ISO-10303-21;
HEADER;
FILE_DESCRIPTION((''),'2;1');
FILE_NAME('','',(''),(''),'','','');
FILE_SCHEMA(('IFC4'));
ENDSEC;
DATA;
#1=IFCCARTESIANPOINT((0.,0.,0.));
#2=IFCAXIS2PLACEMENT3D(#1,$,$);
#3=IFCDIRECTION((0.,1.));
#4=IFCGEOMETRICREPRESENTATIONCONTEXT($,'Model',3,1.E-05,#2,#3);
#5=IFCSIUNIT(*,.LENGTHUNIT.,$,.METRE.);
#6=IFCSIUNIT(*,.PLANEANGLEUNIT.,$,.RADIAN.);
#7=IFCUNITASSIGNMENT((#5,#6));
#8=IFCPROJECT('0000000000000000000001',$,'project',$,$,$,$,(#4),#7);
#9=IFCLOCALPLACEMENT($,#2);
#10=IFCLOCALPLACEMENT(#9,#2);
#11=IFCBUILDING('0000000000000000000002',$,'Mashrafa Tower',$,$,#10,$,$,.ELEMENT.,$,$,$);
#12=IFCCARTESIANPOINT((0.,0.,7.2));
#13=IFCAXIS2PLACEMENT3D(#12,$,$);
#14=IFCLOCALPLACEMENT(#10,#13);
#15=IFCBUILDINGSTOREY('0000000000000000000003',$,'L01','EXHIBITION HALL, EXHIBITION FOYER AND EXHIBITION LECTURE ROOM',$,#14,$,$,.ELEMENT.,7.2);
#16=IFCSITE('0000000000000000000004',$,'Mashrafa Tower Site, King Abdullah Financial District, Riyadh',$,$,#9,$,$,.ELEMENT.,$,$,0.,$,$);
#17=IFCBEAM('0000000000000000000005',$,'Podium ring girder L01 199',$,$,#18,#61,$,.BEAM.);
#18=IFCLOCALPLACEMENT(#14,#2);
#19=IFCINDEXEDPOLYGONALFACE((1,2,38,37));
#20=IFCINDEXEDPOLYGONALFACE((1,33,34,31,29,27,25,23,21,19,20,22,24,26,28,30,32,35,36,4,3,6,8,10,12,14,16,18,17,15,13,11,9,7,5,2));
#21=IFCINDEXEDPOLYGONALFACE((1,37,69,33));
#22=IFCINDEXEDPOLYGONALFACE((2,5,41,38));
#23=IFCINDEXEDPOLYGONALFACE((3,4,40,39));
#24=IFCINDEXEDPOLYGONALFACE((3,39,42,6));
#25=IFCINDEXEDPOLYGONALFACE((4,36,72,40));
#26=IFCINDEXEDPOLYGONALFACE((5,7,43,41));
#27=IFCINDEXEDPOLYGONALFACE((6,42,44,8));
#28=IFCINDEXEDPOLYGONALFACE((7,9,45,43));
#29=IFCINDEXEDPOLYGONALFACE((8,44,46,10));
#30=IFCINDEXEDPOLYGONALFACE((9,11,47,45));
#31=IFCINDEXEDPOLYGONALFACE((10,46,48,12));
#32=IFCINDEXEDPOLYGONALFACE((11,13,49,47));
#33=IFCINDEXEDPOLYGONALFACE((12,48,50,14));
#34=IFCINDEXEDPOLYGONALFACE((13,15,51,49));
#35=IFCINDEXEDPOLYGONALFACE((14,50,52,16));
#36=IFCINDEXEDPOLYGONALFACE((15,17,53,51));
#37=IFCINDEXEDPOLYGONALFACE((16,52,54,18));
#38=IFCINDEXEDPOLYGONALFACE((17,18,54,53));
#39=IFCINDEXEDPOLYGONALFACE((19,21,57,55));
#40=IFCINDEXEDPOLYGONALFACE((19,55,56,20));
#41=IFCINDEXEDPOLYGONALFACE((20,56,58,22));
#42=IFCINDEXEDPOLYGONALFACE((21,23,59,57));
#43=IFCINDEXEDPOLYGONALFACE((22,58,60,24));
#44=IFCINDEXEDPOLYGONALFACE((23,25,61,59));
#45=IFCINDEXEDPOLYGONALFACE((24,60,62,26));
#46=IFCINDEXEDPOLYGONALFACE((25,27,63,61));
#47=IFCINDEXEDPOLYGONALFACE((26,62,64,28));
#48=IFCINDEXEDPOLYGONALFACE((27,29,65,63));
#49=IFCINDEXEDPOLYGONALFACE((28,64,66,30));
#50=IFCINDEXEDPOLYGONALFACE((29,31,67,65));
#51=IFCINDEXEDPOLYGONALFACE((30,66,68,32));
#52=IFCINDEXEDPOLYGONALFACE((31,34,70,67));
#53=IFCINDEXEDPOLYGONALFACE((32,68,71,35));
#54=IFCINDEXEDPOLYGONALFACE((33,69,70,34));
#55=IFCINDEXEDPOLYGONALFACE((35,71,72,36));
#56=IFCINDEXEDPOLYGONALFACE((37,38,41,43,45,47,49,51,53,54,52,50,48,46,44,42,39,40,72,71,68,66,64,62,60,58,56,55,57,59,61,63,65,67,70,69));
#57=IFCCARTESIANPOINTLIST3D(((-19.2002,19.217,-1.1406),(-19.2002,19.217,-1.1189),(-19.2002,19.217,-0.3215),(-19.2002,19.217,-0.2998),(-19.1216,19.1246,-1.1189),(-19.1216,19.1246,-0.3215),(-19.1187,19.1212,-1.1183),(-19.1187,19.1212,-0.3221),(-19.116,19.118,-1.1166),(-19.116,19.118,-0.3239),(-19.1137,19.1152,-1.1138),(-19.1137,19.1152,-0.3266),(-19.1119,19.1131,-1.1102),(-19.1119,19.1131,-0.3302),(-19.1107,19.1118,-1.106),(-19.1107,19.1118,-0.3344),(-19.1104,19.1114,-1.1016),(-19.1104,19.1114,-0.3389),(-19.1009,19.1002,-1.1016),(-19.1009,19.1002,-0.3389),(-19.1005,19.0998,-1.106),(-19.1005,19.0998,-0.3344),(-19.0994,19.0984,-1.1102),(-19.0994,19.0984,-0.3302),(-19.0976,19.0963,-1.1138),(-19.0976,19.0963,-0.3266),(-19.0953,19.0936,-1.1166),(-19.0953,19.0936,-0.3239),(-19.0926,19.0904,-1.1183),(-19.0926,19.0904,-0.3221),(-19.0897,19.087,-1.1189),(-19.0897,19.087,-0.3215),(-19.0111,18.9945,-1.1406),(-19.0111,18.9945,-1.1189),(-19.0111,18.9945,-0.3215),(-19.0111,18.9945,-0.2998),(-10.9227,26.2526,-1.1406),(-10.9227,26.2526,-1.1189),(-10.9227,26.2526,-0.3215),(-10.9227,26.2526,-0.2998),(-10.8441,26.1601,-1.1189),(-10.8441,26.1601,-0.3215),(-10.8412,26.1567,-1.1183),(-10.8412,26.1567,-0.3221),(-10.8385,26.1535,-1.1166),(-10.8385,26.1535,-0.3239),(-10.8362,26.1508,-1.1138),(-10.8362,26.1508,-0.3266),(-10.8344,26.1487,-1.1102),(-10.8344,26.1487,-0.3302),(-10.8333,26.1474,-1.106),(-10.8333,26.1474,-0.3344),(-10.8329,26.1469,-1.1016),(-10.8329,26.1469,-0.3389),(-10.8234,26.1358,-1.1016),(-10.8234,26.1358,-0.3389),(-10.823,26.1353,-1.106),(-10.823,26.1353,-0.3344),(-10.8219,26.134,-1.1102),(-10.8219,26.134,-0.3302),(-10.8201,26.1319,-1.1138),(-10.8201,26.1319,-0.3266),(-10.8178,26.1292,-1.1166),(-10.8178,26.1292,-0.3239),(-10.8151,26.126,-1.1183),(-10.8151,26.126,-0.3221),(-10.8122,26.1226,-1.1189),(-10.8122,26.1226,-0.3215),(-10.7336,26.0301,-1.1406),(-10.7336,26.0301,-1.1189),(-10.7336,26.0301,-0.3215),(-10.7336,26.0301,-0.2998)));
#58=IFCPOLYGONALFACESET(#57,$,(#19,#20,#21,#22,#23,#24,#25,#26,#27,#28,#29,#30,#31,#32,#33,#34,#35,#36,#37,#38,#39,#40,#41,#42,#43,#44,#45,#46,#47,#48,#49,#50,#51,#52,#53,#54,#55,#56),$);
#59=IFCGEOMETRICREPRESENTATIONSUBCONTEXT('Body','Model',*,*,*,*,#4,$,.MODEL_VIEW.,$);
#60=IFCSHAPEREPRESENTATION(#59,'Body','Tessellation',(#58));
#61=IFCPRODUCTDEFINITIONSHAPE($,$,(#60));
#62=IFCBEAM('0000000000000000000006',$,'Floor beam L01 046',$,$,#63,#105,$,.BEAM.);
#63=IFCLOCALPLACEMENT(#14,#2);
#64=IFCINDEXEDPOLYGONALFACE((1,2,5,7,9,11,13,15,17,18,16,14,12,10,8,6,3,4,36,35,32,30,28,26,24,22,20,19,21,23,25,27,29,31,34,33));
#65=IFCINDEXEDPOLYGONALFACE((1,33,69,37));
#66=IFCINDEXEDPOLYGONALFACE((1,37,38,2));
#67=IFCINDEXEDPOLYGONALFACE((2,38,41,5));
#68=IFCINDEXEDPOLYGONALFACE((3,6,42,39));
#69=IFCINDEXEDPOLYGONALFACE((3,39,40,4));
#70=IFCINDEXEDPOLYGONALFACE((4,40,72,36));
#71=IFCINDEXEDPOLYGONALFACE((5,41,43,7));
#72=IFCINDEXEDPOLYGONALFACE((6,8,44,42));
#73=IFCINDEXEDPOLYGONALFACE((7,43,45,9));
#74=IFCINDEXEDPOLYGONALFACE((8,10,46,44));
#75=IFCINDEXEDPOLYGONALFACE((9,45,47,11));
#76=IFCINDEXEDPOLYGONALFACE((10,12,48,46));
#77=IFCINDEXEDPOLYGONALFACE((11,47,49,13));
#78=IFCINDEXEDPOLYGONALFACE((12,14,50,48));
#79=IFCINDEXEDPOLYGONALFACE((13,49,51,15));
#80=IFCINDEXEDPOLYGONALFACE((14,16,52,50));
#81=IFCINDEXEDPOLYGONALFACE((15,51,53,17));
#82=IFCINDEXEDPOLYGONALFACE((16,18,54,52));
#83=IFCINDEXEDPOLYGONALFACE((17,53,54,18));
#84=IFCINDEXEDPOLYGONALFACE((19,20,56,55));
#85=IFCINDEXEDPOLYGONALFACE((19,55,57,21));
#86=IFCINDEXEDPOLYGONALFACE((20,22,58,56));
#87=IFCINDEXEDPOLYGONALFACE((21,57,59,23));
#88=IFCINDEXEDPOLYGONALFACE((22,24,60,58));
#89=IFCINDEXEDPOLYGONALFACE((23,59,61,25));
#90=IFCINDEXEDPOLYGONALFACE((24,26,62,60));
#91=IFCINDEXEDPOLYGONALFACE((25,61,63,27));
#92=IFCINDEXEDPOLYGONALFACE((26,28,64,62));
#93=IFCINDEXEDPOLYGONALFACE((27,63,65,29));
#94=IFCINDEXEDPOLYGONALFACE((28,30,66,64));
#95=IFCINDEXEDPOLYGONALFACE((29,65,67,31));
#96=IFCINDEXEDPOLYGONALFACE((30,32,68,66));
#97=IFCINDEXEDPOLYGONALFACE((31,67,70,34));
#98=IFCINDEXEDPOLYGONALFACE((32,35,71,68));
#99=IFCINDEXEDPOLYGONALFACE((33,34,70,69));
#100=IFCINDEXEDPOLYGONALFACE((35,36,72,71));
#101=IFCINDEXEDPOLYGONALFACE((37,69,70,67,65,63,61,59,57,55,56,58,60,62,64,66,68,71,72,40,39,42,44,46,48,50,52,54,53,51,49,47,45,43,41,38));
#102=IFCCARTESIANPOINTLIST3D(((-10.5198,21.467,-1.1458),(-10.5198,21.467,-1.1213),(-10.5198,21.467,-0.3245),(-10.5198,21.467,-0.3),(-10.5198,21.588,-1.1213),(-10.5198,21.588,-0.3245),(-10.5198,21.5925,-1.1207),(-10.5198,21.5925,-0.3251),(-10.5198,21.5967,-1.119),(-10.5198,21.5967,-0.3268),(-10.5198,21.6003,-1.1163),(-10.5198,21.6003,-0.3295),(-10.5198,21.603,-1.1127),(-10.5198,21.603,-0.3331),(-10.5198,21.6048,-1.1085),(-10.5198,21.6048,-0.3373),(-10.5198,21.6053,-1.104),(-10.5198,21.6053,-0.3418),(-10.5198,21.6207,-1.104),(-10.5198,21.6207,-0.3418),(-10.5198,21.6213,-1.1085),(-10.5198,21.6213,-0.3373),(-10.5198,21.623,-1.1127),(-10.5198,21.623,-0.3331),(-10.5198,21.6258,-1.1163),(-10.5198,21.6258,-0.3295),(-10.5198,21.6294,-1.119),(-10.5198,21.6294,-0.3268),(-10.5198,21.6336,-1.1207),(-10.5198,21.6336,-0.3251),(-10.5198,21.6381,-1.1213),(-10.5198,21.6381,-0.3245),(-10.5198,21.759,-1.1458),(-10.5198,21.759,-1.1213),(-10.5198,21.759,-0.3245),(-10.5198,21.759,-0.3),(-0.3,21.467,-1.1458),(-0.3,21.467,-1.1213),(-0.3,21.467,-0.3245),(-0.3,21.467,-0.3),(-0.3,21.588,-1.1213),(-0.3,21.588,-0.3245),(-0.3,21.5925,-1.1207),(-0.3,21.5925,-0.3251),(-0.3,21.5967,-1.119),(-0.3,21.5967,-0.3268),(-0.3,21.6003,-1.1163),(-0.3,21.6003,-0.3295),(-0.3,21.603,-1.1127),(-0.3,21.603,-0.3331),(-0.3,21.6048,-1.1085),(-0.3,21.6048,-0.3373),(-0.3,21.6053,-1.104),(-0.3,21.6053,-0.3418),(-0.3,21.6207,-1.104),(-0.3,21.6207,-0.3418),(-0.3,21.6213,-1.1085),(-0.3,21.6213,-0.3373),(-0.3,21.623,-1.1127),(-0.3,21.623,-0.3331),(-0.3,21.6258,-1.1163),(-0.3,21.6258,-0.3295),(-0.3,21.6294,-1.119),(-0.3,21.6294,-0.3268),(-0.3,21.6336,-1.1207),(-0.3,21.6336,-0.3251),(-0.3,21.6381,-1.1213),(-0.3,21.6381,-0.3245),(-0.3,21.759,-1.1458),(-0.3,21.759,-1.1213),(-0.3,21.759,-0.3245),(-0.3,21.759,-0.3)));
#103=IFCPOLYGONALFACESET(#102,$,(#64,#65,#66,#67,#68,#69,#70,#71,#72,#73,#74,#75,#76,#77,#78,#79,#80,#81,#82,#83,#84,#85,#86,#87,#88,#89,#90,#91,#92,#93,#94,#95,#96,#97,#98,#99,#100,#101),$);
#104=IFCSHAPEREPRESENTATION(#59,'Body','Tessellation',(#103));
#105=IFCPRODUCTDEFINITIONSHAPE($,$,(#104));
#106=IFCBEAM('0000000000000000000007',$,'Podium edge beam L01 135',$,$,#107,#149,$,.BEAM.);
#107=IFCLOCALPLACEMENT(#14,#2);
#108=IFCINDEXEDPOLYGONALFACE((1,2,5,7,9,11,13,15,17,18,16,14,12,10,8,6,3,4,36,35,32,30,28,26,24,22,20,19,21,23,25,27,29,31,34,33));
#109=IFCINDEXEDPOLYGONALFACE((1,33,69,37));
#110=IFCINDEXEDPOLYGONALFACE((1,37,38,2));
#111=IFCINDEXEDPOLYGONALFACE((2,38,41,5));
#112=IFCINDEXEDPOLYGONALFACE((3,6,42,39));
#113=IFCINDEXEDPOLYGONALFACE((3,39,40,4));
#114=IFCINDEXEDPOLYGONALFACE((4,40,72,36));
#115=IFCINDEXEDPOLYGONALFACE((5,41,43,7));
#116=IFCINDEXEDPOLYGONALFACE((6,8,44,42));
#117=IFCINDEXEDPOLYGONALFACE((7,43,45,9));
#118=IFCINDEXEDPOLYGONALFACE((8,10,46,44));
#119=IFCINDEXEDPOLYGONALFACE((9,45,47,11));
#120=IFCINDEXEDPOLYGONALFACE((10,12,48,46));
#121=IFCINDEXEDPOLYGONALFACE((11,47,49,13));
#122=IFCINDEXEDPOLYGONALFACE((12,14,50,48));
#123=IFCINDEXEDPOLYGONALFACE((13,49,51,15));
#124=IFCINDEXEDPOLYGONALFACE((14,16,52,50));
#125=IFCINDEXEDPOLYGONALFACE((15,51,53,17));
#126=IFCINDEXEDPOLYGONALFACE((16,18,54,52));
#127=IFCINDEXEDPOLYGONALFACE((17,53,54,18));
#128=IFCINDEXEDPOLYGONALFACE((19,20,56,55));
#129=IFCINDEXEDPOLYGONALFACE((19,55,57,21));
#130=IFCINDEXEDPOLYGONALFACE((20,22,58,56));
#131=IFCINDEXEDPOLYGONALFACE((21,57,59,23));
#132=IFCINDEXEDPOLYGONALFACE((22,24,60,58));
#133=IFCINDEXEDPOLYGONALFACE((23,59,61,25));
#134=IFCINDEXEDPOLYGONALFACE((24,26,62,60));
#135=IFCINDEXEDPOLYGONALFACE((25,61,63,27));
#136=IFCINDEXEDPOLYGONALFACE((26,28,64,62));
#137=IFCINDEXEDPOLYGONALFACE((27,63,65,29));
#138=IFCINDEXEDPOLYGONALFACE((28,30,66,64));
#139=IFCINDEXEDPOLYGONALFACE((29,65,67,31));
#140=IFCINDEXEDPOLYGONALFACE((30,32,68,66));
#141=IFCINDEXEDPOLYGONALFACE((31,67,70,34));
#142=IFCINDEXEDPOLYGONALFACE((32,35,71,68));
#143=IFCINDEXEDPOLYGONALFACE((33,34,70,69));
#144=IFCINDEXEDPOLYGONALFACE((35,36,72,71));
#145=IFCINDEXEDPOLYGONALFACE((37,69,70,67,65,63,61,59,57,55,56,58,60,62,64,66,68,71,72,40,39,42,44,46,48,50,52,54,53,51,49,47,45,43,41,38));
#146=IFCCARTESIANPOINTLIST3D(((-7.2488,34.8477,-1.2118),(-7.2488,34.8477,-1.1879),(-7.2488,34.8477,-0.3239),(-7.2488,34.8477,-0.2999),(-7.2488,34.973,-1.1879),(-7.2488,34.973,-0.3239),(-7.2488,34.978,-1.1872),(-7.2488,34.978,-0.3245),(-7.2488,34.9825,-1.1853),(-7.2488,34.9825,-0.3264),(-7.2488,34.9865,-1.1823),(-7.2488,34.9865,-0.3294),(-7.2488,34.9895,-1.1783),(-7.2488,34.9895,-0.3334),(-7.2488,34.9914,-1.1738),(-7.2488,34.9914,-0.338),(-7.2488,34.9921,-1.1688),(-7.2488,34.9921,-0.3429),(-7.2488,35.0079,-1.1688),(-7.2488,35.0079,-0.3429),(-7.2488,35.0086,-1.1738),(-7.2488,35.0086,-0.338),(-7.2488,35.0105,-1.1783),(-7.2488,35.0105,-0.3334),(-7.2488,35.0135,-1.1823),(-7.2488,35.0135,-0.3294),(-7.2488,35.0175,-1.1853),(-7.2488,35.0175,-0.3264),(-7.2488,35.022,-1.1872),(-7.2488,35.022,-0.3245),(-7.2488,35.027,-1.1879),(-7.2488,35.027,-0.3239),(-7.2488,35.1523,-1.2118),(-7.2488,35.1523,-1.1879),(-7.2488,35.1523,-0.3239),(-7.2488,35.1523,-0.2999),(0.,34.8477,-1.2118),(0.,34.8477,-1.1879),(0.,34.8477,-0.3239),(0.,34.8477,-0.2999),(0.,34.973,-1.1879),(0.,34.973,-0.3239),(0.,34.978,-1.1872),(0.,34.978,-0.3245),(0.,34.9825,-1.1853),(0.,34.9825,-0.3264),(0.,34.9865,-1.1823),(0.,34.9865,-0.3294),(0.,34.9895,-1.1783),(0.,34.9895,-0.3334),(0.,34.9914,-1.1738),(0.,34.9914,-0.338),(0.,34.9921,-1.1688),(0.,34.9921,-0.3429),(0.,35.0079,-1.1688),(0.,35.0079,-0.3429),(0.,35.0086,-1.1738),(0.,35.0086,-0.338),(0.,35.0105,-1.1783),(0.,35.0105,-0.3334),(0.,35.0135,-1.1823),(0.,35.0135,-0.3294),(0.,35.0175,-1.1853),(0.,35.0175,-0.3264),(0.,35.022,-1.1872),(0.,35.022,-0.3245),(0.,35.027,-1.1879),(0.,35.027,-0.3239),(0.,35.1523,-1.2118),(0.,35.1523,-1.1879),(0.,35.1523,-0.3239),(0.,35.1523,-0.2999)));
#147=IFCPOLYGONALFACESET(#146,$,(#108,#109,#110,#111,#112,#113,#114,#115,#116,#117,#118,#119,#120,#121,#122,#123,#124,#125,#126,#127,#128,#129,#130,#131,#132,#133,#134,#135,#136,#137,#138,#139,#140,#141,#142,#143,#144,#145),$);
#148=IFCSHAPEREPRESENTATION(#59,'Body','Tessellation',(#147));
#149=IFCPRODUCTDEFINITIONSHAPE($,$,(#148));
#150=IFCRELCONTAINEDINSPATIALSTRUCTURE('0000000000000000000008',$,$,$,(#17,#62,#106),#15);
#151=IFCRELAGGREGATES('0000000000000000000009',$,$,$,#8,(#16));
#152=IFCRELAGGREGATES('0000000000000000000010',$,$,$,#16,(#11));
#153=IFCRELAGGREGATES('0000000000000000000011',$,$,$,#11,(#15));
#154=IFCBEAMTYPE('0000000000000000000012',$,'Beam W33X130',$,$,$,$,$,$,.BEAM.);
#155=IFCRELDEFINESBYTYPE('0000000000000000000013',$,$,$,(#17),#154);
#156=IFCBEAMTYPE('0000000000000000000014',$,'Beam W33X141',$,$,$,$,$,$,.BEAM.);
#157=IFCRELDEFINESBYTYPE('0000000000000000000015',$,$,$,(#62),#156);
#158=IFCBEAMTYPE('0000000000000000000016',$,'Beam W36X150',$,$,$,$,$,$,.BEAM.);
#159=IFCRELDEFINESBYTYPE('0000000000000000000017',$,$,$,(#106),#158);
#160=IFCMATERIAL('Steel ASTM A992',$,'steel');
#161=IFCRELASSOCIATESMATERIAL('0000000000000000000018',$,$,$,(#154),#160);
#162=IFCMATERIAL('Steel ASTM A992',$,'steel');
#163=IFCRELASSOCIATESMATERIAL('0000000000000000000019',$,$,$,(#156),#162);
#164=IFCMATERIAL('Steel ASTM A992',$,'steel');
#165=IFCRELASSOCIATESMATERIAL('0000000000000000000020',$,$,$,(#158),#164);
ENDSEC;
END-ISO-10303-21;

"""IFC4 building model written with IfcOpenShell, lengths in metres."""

from ifc_helpers import new_model, si_unit, direction, frame, origin, origin_2d, place, context, subcontext, project, spatial, i_section, extrude, material, material_profile, profile_set, type_object, element, save


model = new_model("IFC4")

# Units and contexts
model_context = context("Model", 3, precision=1e-05, world=origin(), true_north=direction((0.0, 1.0)))
body_context = subcontext(model_context, "Body", "Model", "MODEL_VIEW")
ifc_project = project(units=[si_unit("LENGTHUNIT", "METRE"), si_unit("PLANEANGLEUNIT", "RADIAN")], contexts=[model_context])

# Site, building, storey
site_placement = place(None, origin())
site = spatial("IfcSite", under=ifc_project, at=site_placement, Name="Mashrafa Tower Site, King Abdullah Financial District, Riyadh", CompositionType="ELEMENT", RefElevation=0.0)
building_placement = place(site_placement, origin())
building = spatial("IfcBuilding", under=site, at=building_placement, Name="Mashrafa Tower", CompositionType="ELEMENT")
storey_placement = place(building_placement, frame((0.0, 0.0, 7.2)))
storey = spatial("IfcBuildingStorey", under=building, at=storey_placement, Name="L01", Description="EXHIBITION HALL, EXHIBITION FOYER AND EXHIBITION LECTURE ROOM", CompositionType="ELEMENT", Elevation=7.2)

# Beams
ifc_material_1 = material(Name="Steel ASTM A992", Category="steel")
ifc_material_profile_1 = material_profile(ifc_material_1, i_section(OverallWidth=0.292, OverallDepth=0.8408, WebThickness=0.0146, FlangeThickness=0.0217, FilletRadius=0.0173, at=origin_2d()), Name="W33X130")
ifc_profile_set_1 = profile_set([ifc_material_profile_1], Name="Steel ASTM A992")
beam_type_1 = type_object("IfcBeamType", Name="Beam W33X130", PredefinedType="BEAM", material=ifc_profile_set_1)
beam_1_placement = place(storey_placement, frame((-10.8281, 26.1414, -0.7202), z_axis=(-0.761953, -0.647632, 0.0), x_axis=(0.647632, -0.761953, 0.0)))
element("IfcBeam", 1, at=beam_1_placement, inside=storey, type_object=beam_type_1, Name="Podium ring girder L01 199", PredefinedType="BEAM", context=body_context, shape_type="SweptSolid", body=[
    extrude(i_section(OverallWidth=0.292, OverallDepth=0.8408, WebThickness=0.0146, FlangeThickness=0.0217, FilletRadius=0.0173, at=origin_2d()), origin(), (0.0, 0.0, 1.0), 10.8635),
])
ifc_material_2 = material(Name="Steel ASTM A992", Category="steel")
ifc_material_profile_2 = material_profile(ifc_material_2, i_section(OverallWidth=0.292, OverallDepth=0.8457, WebThickness=0.0154, FlangeThickness=0.0244, FilletRadius=0.0173, at=origin_2d()), Name="W33X141")
ifc_profile_set_2 = profile_set([ifc_material_profile_2], Name="Steel ASTM A992")
beam_type_2 = type_object("IfcBeamType", Name="Beam W33X141", PredefinedType="BEAM", material=ifc_profile_set_2)
beam_2_placement = place(storey_placement, frame((-10.5198, 21.613, -0.7229), z_axis=(1.0, 0.0, 0.0), x_axis=(0.0, 1.0, 0.0)))
element("IfcBeam", 2, at=beam_2_placement, inside=storey, type_object=beam_type_2, Name="Floor beam L01 046", PredefinedType="BEAM", context=body_context, shape_type="SweptSolid", body=[
    extrude(i_section(OverallWidth=0.292, OverallDepth=0.8457, WebThickness=0.0154, FlangeThickness=0.0244, FilletRadius=0.0173, at=origin_2d()), origin(), (0.0, 0.0, 1.0), 10.2197),
])
ifc_material_3 = material(Name="Steel ASTM A992", Category="steel")
ifc_material_profile_3 = material_profile(ifc_material_3, i_section(OverallWidth=0.3047, OverallDepth=0.9119, WebThickness=0.0159, FlangeThickness=0.0239, FilletRadius=0.019, at=origin_2d()), Name="W36X150")
ifc_profile_set_3 = profile_set([ifc_material_profile_3], Name="Steel ASTM A992")
beam_type_3 = type_object("IfcBeamType", Name="Beam W36X150", PredefinedType="BEAM", material=ifc_profile_set_3)
beam_3_placement = place(storey_placement, frame((0.0, 35.0, -0.7559), z_axis=(-1.0, 0.0, 0.0), x_axis=(0.0, -1.0, 0.0)))
element("IfcBeam", 3, at=beam_3_placement, inside=storey, type_object=beam_type_3, Name="Podium edge beam L01 135", PredefinedType="BEAM", context=body_context, shape_type="SweptSolid", body=[
    extrude(i_section(OverallWidth=0.3047, OverallDepth=0.9119, WebThickness=0.0159, FlangeThickness=0.0239, FilletRadius=0.019, at=origin_2d()), origin(), (0.0, 0.0, 1.0), 7.2488),
])

save(model, "model.ifc")
